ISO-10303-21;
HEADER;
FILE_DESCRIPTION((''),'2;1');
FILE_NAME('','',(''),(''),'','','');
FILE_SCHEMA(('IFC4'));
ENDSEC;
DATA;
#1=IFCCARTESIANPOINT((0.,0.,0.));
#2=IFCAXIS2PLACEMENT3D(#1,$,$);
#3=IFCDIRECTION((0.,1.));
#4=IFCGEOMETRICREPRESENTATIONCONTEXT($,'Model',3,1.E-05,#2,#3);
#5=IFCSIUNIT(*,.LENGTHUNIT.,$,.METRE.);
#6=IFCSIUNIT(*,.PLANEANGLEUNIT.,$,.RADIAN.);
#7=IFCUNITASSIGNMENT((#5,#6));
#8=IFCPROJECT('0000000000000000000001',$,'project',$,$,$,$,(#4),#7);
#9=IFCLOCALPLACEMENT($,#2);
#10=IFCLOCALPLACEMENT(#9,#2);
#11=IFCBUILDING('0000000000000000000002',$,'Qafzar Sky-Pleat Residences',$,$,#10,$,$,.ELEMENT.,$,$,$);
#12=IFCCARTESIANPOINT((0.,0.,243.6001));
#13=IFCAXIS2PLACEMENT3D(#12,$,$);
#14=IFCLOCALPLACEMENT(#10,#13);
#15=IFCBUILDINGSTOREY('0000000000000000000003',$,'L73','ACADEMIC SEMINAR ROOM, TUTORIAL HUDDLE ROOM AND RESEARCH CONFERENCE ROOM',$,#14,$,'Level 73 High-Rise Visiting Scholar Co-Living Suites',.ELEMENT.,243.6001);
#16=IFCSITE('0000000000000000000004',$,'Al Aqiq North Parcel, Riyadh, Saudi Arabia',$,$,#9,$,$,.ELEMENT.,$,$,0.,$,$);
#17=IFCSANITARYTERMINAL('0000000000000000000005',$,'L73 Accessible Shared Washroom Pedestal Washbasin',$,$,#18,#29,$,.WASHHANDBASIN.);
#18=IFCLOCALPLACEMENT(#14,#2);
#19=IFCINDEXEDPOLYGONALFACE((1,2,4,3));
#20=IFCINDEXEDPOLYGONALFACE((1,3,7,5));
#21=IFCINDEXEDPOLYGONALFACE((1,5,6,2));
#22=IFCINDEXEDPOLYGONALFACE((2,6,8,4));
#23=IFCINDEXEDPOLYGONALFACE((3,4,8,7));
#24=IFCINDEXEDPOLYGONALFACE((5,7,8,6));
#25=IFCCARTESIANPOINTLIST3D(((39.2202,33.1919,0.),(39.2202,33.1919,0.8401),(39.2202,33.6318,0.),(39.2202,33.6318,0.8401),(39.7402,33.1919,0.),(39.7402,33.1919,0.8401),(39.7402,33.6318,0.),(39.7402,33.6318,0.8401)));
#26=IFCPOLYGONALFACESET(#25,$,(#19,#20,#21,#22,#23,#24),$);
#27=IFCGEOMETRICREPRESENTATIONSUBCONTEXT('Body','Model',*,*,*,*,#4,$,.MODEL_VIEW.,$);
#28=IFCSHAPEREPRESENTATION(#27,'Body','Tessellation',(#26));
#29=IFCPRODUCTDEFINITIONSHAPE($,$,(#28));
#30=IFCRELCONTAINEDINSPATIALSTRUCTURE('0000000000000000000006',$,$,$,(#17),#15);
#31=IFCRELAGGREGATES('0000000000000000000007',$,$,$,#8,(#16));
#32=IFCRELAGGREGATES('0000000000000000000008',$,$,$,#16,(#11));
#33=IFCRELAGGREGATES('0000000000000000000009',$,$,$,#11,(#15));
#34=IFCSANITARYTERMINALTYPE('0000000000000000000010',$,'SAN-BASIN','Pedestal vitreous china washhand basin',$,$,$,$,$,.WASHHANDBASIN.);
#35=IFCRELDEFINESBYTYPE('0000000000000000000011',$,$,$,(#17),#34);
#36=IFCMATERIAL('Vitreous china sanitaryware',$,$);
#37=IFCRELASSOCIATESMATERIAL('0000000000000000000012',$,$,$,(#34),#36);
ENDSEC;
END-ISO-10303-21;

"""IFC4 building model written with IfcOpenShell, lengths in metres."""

from ifc_helpers import new_model, si_unit, direction, frame, origin, origin_2d, place, context, subcontext, project, spatial, rectangle, extrude, source, transform, mapped, material, type_object, element, save


model = new_model("IFC4")

# Units and contexts
model_context = context("Model", 3, precision=1e-05, world=origin(), true_north=direction((0.0, 1.0)))
body_context = subcontext(model_context, "Body", "Model", "MODEL_VIEW")
ifc_project = project(units=[si_unit("LENGTHUNIT", "METRE"), si_unit("PLANEANGLEUNIT", "RADIAN")], contexts=[model_context])

# Site, building, storey
site_placement = place(None, origin())
site = spatial("IfcSite", under=ifc_project, at=site_placement, Name="Al Aqiq North Parcel, Riyadh, Saudi Arabia", CompositionType="ELEMENT", RefElevation=0.0)
building_placement = place(site_placement, origin())
building = spatial("IfcBuilding", under=site, at=building_placement, Name="Qafzar Sky-Pleat Residences", CompositionType="ELEMENT")
storey_placement = place(building_placement, frame((0.0, 0.0, 243.6001)))
storey = spatial("IfcBuildingStorey", under=building, at=storey_placement, Name="L73", Description="ACADEMIC SEMINAR ROOM, TUTORIAL HUDDLE ROOM AND RESEARCH CONFERENCE ROOM", LongName="Level 73 High-Rise Visiting Scholar Co-Living Suites", CompositionType="ELEMENT", Elevation=243.6001)

# Sanitary terminal
ifc_material_1 = material(Name="Vitreous china sanitaryware")
sanitary_terminal_type_1 = type_object("IfcSanitaryTerminalType", Name="SAN-BASIN", Description="Pedestal vitreous china washhand basin", PredefinedType="WASHHANDBASIN", material=ifc_material_1)
shared_shape_1 = source(origin(), body_context, "Body", "SweptSolid", [
    extrude(rectangle(XDim=0.52, YDim=0.4399, at=origin_2d()), origin(), (0.0, 0.0, 1.0), 0.8401),
])
sanitary_terminal_1_placement = place(storey_placement, frame((39.4802, 33.4119, 0.0), z_axis=(0.0, 0.0, 1.0), x_axis=(1.0, 0.0, 0.0)))
element("IfcSanitaryTerminal", 1, at=sanitary_terminal_1_placement, inside=storey, type_object=sanitary_terminal_type_1, Name="L73 Accessible Shared Washroom Pedestal Washbasin", PredefinedType="WASHHANDBASIN", context=body_context, shape_type="MappedRepresentation", body=[
    mapped(shared_shape_1, transform((0.0, 0.0, 0.0), x_axis=(1.0, 0.0, 0.0), y_axis=(0.0, 1.0, 0.0), z_axis=(0.0, 0.0, 1.0), scale=1.0)),
])

save(model, "model.ifc")
